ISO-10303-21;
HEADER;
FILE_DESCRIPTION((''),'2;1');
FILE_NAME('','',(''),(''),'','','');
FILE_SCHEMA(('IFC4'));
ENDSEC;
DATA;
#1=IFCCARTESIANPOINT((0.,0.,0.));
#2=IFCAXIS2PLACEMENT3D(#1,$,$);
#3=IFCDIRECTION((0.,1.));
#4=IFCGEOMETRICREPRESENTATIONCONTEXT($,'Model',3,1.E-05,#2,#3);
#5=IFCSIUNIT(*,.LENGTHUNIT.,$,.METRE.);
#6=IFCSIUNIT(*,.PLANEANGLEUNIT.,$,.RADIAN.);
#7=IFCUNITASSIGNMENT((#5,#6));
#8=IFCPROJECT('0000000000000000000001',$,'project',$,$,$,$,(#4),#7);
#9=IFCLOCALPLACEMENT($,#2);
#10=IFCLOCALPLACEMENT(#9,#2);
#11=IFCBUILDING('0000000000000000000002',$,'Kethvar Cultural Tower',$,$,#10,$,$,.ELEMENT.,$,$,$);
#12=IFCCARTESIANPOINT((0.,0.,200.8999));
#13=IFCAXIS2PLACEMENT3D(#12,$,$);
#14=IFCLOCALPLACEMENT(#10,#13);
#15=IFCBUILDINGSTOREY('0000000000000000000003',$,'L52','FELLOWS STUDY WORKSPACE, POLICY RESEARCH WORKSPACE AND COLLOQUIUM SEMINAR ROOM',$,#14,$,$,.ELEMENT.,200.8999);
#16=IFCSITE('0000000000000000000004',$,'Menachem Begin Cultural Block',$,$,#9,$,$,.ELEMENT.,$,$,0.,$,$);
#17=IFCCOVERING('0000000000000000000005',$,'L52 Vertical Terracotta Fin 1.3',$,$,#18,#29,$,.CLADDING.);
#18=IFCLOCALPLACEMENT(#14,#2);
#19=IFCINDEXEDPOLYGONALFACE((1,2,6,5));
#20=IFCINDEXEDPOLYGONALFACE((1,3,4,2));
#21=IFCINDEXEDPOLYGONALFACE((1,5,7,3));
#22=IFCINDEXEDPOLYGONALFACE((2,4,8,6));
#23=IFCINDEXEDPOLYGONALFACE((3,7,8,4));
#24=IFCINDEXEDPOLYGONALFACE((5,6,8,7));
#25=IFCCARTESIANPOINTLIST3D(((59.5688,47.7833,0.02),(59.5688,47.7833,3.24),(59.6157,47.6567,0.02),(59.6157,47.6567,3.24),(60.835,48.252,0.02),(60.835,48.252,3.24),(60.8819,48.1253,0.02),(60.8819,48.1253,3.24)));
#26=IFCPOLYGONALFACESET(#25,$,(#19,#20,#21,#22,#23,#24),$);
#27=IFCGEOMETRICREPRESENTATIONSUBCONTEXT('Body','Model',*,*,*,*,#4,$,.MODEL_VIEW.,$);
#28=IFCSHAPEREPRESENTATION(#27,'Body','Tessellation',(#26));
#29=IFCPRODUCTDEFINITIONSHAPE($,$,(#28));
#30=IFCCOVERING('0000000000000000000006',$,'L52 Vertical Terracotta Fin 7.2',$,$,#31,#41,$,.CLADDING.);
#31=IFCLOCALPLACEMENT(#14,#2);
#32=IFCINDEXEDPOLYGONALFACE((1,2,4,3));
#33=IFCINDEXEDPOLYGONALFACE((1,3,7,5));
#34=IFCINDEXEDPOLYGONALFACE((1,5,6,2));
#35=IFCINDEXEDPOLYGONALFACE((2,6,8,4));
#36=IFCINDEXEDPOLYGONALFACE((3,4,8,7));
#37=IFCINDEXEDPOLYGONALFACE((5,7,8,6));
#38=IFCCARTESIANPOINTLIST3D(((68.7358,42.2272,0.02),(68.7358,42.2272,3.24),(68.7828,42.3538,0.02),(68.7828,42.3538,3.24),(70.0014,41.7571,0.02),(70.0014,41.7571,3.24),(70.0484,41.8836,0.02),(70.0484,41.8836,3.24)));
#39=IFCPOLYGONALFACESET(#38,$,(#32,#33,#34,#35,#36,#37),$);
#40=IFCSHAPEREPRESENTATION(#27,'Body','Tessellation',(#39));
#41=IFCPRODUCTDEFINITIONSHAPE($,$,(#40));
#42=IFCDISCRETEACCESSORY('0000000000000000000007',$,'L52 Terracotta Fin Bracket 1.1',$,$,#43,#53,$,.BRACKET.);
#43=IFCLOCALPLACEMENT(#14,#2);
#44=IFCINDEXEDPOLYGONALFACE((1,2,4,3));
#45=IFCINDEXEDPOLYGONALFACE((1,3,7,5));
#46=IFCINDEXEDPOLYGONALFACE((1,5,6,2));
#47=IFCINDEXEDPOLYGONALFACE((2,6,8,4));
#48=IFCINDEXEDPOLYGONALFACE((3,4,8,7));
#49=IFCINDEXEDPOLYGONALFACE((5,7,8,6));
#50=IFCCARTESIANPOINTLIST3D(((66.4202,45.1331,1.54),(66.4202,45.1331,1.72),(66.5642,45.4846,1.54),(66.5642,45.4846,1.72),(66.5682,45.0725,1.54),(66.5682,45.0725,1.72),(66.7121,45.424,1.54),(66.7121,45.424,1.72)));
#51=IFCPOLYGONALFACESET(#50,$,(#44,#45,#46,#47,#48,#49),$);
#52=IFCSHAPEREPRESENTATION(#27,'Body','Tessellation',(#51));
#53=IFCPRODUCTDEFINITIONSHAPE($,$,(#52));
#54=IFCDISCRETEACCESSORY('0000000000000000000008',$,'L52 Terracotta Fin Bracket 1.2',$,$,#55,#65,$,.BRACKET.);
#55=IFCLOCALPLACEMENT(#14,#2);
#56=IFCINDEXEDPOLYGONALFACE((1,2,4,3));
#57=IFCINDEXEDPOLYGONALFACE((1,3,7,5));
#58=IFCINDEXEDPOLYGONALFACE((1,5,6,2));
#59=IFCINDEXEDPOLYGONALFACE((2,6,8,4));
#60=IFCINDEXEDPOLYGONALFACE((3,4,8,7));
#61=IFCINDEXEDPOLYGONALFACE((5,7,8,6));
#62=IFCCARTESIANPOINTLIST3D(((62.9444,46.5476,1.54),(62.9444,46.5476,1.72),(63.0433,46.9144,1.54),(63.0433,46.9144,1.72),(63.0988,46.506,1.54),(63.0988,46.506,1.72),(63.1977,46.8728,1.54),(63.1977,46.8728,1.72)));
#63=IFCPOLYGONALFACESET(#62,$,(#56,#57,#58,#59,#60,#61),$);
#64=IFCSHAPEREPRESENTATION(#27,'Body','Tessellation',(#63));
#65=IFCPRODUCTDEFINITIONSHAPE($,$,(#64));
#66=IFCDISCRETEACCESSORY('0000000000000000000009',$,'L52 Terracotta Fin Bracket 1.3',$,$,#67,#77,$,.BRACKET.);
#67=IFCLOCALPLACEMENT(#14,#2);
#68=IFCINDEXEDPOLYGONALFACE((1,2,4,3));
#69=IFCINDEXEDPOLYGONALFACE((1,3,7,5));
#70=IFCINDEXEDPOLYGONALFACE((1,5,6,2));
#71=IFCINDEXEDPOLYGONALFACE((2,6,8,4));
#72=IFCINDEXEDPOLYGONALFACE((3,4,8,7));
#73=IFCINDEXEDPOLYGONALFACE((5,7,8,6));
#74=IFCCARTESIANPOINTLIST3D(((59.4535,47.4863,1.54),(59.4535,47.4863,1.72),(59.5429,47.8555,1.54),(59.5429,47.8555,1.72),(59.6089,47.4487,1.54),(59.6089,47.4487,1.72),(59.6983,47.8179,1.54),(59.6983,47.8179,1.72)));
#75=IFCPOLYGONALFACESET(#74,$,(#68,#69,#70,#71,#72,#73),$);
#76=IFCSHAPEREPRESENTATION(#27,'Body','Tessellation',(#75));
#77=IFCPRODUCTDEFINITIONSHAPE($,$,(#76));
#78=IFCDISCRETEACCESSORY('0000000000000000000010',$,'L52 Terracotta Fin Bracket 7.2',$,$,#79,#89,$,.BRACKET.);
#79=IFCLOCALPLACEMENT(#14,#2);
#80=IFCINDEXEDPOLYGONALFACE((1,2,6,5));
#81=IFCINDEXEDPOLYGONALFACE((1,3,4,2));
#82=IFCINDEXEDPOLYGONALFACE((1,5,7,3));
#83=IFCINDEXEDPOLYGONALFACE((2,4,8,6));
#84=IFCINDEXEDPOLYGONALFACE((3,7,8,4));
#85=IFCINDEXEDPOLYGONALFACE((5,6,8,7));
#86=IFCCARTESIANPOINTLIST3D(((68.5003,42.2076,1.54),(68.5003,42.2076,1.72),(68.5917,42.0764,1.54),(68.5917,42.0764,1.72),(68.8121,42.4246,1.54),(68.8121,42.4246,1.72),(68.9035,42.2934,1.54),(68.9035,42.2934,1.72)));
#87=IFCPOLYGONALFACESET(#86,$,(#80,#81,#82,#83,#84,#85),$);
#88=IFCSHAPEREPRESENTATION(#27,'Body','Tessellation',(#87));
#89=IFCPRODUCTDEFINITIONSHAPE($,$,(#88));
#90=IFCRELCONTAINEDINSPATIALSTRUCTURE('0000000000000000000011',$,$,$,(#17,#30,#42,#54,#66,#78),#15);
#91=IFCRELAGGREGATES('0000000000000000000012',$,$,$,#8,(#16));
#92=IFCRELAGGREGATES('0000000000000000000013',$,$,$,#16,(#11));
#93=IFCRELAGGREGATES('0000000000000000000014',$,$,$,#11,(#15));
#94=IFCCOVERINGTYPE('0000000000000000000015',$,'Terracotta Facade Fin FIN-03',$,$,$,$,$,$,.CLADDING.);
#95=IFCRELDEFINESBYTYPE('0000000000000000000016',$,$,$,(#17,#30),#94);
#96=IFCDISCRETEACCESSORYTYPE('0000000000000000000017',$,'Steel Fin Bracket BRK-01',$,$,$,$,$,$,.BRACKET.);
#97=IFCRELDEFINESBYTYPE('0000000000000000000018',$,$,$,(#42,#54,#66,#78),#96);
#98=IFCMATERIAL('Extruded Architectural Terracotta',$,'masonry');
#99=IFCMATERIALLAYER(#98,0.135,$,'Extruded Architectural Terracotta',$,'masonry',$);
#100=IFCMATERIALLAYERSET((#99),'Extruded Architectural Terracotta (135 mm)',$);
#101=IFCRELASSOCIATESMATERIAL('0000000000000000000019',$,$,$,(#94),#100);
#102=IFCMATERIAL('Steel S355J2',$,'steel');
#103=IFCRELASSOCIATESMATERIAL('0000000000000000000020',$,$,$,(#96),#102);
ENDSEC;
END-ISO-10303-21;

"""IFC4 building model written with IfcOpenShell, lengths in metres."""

from ifc_helpers import new_model, si_unit, direction, frame, origin, origin_2d, place, context, subcontext, project, spatial, rectangle, extrude, source, transform, mapped, material, layer, layer_set, type_object, element, save


model = new_model("IFC4")

# Units and contexts
model_context = context("Model", 3, precision=1e-05, world=origin(), true_north=direction((0.0, 1.0)))
body_context = subcontext(model_context, "Body", "Model", "MODEL_VIEW")
ifc_project = project(units=[si_unit("LENGTHUNIT", "METRE"), si_unit("PLANEANGLEUNIT", "RADIAN")], contexts=[model_context])

# Site, building, storey
site_placement = place(None, origin())
site = spatial("IfcSite", under=ifc_project, at=site_placement, Name="Menachem Begin Cultural Block", CompositionType="ELEMENT", RefElevation=0.0)
building_placement = place(site_placement, origin())
building = spatial("IfcBuilding", under=site, at=building_placement, Name="Kethvar Cultural Tower", CompositionType="ELEMENT")
storey_placement = place(building_placement, frame((0.0, 0.0, 200.8999)))
storey = spatial("IfcBuildingStorey", under=building, at=storey_placement, Name="L52", Description="FELLOWS STUDY WORKSPACE, POLICY RESEARCH WORKSPACE AND COLLOQUIUM SEMINAR ROOM", CompositionType="ELEMENT", Elevation=200.8999)

# Shared definitions
ifc_material_1 = material(Name="Steel S355J2", Category="steel")

# Coverings
ifc_material_2 = material(Name="Extruded Architectural Terracotta", Category="masonry")
ifc_layer_1 = layer(ifc_material_2, 0.135, Name="Extruded Architectural Terracotta", Category="masonry")
ifc_layer_set_1 = layer_set([ifc_layer_1], Name="Extruded Architectural Terracotta (135 mm)")
covering_type_1 = type_object("IfcCoveringType", Name="Terracotta Facade Fin FIN-03", PredefinedType="CLADDING", material=ifc_layer_set_1)
shared_shape_1 = source(origin(), body_context, "Body", "SweptSolid", [
    extrude(rectangle(XDim=1.3501, YDim=0.135, at=origin_2d()), origin(), (0.0, 0.0, 1.0), 3.22),
])
for number, where, z_axis, x_axis, name in (
    (1, (60.2253, 47.9543, 0.02), (0.0, 0.0, 1.0), (0.937828, 0.347099, 0.0), "L52 Vertical Terracotta Fin 1.3"),
    (2, (69.3921, 42.0554, 0.02), (0.0, 0.0, 1.0), (0.937404, -0.348245, 0.0), "L52 Vertical Terracotta Fin 7.2"),
):
    element("IfcCovering", number, at=place(storey_placement, frame(where, z_axis=z_axis, x_axis=x_axis)), inside=storey, type_object=covering_type_1, Name=name, PredefinedType="CLADDING", context=body_context, shape_type="MappedRepresentation", body=[
        mapped(shared_shape_1, transform((0.0, 0.0, 0.0), scale=1.0)),
    ])

# Discrete accessories
discrete_accessory_type = type_object("IfcDiscreteAccessoryType", Name="Steel Fin Bracket BRK-01", PredefinedType="BRACKET", material=ifc_material_1)
shared_shape_2 = source(origin(), body_context, "Body", "SweptSolid", [
    extrude(rectangle(XDim=0.3799, YDim=0.1599, at=origin_2d()), origin(), (0.0, 0.0, 1.0), 0.1799),
])
for number, where, z_axis, x_axis, name in (
    (3, (66.5662, 45.2786, 1.54), (0.0, 0.0, 1.0), (0.378972, 0.925408, 0.0), "L52 Terracotta Fin Bracket 1.1"),
    (4, (63.071, 46.7102, 1.54), (0.0, 0.0, 1.0), (0.260167, 0.965564, 0.0), "L52 Terracotta Fin Bracket 1.2"),
    (5, (59.5759, 47.6521, 1.54), (0.0, 0.0, 1.0), (0.235312, 0.97192, 0.0), "L52 Terracotta Fin Bracket 1.3"),
    (6, (68.7019, 42.2505, 1.54), (0.0, 0.0, 1.0), (0.820751, 0.571287, 0.0), "L52 Terracotta Fin Bracket 7.2"),
):
    element("IfcDiscreteAccessory", number, at=place(storey_placement, frame(where, z_axis=z_axis, x_axis=x_axis)), inside=storey, type_object=discrete_accessory_type, Name=name, PredefinedType="BRACKET", context=body_context, shape_type="MappedRepresentation", body=[
        mapped(shared_shape_2, transform((0.0, 0.0, 0.0), scale=1.0)),
    ])

save(model, "model.ifc")
